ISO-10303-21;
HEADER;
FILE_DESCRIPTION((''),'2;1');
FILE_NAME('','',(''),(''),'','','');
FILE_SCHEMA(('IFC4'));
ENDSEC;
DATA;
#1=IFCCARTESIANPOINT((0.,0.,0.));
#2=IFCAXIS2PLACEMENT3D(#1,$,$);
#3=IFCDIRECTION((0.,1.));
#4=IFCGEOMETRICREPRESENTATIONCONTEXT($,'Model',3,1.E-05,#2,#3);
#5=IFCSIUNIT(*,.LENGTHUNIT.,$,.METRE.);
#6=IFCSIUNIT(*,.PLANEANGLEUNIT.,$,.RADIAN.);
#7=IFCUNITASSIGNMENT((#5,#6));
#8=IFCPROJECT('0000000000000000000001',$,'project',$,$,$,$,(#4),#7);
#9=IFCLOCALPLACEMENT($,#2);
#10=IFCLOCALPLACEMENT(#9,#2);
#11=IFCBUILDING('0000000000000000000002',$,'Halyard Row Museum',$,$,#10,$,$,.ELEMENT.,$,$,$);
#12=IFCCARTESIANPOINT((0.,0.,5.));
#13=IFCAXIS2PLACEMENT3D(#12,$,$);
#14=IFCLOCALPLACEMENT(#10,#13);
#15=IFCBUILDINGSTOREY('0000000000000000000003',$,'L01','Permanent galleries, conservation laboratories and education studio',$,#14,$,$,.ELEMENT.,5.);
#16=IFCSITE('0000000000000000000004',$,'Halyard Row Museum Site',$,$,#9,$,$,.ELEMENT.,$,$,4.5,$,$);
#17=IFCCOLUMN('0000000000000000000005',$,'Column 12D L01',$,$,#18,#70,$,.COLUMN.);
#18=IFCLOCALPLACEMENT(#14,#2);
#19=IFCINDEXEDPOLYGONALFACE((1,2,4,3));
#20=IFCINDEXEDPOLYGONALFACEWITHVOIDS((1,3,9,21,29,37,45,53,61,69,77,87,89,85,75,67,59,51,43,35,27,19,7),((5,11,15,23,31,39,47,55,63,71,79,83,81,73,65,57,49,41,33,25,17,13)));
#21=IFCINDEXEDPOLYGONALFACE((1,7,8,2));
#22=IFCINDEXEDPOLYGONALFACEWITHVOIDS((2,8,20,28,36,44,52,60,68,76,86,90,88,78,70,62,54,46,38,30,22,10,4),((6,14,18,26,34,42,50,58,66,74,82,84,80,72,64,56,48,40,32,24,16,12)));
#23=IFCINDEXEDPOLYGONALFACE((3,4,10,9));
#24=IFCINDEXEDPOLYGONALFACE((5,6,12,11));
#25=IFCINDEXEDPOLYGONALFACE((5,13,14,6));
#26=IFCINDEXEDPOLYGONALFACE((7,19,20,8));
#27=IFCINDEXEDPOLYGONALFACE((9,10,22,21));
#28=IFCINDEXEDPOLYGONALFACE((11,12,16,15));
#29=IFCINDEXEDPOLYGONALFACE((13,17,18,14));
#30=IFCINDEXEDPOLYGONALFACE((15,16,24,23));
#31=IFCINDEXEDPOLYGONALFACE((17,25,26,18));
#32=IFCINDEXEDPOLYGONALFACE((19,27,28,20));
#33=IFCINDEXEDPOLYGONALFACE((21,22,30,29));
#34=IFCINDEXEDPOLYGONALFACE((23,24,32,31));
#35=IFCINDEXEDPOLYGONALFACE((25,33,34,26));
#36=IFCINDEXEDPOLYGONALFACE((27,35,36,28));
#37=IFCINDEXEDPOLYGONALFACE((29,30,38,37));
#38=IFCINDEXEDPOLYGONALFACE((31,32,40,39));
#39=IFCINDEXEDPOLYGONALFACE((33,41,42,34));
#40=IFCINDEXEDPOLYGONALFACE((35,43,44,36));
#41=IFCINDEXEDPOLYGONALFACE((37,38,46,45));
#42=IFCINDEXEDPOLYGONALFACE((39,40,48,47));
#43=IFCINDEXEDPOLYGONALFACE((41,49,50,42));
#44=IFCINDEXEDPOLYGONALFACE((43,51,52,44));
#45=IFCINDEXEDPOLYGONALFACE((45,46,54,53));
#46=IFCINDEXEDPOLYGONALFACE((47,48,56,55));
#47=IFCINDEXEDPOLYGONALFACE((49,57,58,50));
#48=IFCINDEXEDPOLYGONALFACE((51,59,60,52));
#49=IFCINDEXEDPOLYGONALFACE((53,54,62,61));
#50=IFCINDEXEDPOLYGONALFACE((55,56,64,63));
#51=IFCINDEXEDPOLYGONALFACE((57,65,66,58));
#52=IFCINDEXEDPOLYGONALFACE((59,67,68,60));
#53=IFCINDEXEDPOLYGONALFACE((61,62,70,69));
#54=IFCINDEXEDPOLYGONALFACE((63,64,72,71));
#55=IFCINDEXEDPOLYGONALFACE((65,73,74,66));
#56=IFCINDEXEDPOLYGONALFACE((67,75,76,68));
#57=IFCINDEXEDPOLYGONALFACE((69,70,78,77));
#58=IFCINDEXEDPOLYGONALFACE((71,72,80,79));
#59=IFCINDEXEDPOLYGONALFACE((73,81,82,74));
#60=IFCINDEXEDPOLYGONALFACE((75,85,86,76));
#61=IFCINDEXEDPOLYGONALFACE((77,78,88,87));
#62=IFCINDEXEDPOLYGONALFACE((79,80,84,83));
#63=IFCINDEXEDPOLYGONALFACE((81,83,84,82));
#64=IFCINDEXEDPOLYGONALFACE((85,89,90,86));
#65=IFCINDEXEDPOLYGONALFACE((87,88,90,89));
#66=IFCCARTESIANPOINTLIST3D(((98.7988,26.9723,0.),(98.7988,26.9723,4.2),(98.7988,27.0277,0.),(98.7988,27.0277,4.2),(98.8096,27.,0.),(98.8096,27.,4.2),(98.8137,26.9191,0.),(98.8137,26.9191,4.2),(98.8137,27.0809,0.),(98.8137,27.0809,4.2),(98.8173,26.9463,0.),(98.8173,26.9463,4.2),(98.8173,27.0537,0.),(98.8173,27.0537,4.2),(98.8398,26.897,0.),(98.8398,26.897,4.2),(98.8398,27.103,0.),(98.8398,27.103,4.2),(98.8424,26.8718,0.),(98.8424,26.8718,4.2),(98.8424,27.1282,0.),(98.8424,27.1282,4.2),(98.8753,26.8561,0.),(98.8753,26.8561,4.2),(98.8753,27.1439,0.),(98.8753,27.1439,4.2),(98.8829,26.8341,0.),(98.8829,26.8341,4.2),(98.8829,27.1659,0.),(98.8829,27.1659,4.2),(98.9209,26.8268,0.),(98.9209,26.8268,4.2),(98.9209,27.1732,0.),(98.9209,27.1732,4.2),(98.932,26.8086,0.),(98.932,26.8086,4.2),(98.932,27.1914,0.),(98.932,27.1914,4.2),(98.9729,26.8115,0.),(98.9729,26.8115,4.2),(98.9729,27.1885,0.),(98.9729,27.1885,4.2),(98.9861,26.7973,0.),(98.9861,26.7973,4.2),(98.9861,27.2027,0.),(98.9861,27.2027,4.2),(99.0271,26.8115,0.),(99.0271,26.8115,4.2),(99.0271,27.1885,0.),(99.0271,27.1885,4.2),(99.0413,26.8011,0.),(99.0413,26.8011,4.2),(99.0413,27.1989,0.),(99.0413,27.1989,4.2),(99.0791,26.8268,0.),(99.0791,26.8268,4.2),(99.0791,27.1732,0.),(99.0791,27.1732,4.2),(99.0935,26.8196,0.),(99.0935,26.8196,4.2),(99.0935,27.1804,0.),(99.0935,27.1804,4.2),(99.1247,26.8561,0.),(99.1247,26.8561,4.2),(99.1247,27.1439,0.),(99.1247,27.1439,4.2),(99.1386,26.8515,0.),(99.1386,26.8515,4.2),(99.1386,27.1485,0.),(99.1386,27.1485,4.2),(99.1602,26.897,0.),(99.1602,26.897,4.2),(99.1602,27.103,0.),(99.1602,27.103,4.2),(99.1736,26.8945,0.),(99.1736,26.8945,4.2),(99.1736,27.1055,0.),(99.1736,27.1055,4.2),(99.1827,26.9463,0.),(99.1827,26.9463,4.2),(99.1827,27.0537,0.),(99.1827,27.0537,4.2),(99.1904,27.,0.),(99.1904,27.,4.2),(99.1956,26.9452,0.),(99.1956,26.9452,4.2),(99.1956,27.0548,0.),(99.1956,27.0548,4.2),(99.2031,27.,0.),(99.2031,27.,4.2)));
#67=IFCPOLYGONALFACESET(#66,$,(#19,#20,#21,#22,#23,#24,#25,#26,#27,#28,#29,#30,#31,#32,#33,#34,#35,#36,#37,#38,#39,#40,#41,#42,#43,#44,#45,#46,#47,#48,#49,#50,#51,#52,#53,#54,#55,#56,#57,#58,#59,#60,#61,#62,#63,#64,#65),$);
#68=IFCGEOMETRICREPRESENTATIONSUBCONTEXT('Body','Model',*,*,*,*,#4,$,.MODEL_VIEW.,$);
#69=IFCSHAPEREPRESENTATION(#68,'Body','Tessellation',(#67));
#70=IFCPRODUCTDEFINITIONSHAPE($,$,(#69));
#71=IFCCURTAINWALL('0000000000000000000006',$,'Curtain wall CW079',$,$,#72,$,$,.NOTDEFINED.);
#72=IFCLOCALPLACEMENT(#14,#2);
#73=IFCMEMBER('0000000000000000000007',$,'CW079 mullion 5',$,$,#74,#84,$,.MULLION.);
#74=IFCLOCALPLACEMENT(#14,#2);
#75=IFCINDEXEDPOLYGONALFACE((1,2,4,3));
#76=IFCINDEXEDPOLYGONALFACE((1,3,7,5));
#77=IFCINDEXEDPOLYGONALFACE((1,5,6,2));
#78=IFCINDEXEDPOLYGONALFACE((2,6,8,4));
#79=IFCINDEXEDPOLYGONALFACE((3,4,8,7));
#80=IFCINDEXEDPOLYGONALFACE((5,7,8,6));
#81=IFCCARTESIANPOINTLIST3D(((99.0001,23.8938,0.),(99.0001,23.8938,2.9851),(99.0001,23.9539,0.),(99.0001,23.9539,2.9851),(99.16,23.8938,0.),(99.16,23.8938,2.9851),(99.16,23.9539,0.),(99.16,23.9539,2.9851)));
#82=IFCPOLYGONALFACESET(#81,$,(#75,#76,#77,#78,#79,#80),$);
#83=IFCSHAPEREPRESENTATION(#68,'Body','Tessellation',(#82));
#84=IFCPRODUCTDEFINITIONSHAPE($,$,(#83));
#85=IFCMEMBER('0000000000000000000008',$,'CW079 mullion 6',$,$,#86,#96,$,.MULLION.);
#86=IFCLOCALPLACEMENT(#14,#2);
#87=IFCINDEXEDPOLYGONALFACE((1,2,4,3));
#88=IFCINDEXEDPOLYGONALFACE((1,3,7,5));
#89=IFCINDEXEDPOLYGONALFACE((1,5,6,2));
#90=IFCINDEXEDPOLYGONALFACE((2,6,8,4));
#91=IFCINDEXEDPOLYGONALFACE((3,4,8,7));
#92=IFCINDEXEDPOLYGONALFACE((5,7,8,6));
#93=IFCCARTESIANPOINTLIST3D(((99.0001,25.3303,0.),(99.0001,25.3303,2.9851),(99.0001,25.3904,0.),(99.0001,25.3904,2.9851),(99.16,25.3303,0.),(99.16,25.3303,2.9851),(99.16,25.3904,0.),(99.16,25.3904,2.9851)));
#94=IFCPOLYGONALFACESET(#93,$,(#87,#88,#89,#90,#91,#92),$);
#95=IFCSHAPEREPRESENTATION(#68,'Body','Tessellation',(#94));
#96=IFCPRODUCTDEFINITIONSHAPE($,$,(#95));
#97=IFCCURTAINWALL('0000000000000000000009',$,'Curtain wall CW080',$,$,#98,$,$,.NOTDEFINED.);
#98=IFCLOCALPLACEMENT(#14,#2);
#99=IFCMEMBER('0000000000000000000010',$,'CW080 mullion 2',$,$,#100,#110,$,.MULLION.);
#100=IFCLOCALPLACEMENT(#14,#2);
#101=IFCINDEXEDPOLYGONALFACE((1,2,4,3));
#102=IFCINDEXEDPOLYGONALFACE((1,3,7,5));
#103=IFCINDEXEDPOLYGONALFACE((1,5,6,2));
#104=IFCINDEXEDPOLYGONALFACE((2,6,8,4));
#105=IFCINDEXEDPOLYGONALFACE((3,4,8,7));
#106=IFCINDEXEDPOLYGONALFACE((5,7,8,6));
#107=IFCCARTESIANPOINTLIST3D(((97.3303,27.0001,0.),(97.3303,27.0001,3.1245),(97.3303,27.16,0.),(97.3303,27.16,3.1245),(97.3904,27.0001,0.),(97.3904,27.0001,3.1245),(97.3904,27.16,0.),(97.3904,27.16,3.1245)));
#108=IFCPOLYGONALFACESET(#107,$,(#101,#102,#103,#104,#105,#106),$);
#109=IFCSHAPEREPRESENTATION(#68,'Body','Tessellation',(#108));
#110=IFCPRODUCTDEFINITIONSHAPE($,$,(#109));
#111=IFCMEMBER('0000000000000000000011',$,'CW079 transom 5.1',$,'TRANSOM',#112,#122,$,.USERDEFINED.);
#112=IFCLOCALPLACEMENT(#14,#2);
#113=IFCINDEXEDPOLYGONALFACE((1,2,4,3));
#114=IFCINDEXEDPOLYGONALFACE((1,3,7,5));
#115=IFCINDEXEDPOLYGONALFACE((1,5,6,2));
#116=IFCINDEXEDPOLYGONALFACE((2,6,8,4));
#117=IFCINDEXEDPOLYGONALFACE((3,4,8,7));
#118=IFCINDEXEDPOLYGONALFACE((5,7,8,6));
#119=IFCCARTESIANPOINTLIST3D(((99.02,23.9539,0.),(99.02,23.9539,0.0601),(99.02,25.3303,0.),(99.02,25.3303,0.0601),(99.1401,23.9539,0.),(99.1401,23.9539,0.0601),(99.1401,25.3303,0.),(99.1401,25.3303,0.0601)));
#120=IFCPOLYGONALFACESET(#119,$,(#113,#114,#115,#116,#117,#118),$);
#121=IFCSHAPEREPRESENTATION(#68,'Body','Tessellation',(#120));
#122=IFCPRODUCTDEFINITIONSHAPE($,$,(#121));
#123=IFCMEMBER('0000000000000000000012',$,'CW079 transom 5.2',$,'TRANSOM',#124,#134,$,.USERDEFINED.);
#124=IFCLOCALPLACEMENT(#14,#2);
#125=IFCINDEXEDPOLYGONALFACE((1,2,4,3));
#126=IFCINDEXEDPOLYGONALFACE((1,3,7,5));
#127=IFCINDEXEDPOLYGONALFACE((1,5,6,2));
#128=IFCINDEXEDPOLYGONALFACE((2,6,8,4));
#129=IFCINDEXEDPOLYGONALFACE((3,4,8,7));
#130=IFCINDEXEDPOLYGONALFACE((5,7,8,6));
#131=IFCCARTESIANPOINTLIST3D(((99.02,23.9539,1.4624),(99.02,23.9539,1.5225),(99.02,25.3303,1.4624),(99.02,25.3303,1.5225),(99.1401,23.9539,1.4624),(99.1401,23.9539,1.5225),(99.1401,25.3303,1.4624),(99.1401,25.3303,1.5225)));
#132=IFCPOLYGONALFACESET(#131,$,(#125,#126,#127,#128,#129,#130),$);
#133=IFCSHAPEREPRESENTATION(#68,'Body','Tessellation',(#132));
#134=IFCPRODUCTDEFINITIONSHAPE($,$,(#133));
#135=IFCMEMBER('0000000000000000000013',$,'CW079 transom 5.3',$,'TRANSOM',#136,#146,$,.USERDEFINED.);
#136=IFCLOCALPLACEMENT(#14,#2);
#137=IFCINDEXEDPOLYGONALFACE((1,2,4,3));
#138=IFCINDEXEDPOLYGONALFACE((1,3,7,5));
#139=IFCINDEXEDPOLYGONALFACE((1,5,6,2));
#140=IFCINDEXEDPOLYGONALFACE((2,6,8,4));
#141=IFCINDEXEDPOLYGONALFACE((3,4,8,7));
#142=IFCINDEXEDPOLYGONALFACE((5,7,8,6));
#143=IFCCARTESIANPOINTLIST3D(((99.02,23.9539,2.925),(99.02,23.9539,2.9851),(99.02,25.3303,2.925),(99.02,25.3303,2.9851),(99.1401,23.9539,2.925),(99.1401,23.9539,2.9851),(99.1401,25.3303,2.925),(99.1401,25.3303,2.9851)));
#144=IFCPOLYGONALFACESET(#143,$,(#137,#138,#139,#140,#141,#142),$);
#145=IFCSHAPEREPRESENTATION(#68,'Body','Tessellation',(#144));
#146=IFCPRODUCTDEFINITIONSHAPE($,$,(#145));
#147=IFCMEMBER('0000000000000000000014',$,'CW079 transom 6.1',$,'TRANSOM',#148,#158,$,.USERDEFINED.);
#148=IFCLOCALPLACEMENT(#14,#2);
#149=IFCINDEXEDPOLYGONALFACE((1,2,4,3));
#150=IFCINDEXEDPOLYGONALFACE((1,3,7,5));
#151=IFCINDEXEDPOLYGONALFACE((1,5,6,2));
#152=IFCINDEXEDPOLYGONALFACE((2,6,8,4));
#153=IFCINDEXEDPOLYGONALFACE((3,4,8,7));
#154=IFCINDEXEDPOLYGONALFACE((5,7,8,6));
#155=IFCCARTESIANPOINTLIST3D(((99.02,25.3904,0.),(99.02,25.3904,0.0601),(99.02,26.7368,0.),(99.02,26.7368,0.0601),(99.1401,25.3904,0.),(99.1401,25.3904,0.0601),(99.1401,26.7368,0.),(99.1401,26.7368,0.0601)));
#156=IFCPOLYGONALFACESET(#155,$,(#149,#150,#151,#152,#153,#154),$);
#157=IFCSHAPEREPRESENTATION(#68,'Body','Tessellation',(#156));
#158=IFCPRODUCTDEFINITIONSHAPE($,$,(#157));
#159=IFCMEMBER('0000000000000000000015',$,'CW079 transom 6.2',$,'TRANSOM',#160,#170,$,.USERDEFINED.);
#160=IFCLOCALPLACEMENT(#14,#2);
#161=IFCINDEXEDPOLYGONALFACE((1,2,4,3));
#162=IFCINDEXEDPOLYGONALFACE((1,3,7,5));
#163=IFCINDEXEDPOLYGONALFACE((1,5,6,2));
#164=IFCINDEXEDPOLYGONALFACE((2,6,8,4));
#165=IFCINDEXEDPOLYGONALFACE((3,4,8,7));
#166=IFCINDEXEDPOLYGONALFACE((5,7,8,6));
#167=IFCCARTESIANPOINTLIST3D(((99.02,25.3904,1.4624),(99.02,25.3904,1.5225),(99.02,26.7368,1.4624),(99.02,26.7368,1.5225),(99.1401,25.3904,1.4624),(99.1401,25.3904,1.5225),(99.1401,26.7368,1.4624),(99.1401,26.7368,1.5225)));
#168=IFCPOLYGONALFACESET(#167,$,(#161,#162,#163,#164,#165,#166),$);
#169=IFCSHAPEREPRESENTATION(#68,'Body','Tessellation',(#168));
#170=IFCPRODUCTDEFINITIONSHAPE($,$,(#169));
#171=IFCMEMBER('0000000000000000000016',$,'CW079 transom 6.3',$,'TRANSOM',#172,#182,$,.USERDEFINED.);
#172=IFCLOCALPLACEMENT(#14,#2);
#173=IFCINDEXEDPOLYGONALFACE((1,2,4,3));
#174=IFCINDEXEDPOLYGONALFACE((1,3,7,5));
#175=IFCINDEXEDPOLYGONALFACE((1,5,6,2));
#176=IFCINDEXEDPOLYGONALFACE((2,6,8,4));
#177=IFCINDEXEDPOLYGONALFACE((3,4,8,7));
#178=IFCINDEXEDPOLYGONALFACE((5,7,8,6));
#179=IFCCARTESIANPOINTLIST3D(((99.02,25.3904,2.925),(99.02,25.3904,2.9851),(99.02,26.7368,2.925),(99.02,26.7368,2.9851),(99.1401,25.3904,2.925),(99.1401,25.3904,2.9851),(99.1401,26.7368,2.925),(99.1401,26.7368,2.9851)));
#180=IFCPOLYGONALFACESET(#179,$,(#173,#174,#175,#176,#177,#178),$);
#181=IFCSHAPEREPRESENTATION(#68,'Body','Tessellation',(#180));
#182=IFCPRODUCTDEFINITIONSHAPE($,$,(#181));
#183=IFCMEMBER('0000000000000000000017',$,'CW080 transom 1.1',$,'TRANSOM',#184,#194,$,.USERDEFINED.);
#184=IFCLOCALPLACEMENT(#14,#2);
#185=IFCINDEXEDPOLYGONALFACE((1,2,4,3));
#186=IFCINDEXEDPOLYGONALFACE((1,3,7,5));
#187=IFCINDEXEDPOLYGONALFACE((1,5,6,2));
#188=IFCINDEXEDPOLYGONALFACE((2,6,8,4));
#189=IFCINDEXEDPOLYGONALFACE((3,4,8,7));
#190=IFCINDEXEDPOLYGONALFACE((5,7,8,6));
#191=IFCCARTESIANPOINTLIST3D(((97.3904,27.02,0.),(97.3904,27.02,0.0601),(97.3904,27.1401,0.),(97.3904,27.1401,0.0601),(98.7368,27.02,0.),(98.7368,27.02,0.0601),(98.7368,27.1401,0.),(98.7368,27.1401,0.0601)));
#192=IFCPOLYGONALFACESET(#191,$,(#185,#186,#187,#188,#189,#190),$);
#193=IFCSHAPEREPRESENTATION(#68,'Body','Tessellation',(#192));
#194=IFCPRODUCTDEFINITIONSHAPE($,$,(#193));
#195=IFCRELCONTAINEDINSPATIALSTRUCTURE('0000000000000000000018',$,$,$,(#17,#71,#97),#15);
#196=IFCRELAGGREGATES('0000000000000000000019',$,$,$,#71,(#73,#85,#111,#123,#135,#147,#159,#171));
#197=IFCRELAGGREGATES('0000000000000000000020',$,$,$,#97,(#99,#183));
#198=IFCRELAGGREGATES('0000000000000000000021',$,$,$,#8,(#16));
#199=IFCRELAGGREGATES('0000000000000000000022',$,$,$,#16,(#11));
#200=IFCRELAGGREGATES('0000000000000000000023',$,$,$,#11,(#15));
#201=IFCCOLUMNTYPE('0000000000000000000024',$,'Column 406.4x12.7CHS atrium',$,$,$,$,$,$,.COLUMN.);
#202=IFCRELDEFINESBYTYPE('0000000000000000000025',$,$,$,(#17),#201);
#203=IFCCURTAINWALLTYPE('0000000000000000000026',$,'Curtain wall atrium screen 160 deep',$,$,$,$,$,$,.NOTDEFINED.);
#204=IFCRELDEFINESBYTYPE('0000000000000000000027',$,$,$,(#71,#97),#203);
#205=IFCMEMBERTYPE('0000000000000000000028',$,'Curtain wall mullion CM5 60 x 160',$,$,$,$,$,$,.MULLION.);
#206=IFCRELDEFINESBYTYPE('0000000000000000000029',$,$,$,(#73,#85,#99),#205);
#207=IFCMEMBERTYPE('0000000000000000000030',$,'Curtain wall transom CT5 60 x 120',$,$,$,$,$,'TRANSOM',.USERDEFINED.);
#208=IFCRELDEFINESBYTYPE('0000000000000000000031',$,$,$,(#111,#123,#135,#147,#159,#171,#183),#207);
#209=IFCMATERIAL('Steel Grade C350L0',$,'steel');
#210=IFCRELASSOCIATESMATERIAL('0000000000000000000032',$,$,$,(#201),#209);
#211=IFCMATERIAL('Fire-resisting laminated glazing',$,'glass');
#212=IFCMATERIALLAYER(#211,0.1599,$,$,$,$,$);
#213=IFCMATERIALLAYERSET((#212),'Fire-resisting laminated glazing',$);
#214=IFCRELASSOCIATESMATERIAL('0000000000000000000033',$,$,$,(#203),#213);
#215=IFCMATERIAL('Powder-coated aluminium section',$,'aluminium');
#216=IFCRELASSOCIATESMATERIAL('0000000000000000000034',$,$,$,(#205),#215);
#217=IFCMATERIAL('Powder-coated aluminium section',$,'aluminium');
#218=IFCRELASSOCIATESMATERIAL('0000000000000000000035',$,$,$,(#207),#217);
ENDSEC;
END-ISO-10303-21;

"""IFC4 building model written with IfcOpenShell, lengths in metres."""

from ifc_helpers import new_model, si_unit, direction, frame, origin, origin_2d, place, context, subcontext, project, spatial, rectangle, hollow_circle, extrude, material, layer, layer_set, material_profile, profile_set, type_object, element, aggregate, save


model = new_model("IFC4")

# Units and contexts
model_context = context("Model", 3, precision=1e-05, world=origin(), true_north=direction((0.0, 1.0)))
body_context = subcontext(model_context, "Body", "Model", "MODEL_VIEW")
ifc_project = project(units=[si_unit("LENGTHUNIT", "METRE"), si_unit("PLANEANGLEUNIT", "RADIAN")], contexts=[model_context])

# Site, building, storey
site_placement = place(None, origin())
site = spatial("IfcSite", under=ifc_project, at=site_placement, Name="Halyard Row Museum Site", CompositionType="ELEMENT", RefElevation=4.5)
building_placement = place(site_placement, origin())
building = spatial("IfcBuilding", under=site, at=building_placement, Name="Halyard Row Museum", CompositionType="ELEMENT")
storey_placement = place(building_placement, frame((0.0, 0.0, 5.0)))
storey = spatial("IfcBuildingStorey", under=building, at=storey_placement, Name="L01", Description="Permanent galleries, conservation laboratories and education studio", CompositionType="ELEMENT", Elevation=5.0)

# Column
ifc_material_1 = material(Name="Steel Grade C350L0", Category="steel")
ifc_material_profile_1 = material_profile(ifc_material_1, hollow_circle(Radius=0.2031, WallThickness=0.0127, at=origin_2d()), Name="406.4x12.7CHS")
ifc_profile_set_1 = profile_set([ifc_material_profile_1], Name="Steel Grade C350L0")
column_type = type_object("IfcColumnType", Name="Column 406.4x12.7CHS atrium", PredefinedType="COLUMN", material=ifc_profile_set_1)
column_placement = place(storey_placement, frame((99.0, 27.0, 0.0), z_axis=(0.0, 0.0, 1.0), x_axis=(1.0, 0.0, 0.0)))
element("IfcColumn", 1, at=column_placement, inside=storey, type_object=column_type, Name="Column 12D L01", PredefinedType="COLUMN", context=body_context, shape_type="SweptSolid", body=[
    extrude(hollow_circle(Radius=0.2031, WallThickness=0.0127, at=origin_2d()), origin(), (0.0, 0.0, 1.0), 4.2),
])

# Curtain wall, members
ifc_material_2 = material(Name="Fire-resisting laminated glazing", Category="glass")
ifc_layer_1 = layer(ifc_material_2, 0.1599)
ifc_layer_set_1 = layer_set([ifc_layer_1], Name="Fire-resisting laminated glazing")
curtain_wall_type = type_object("IfcCurtainWallType", Name="Curtain wall atrium screen 160 deep", PredefinedType="NOTDEFINED", material=ifc_layer_set_1)
curtain_wall_1_placement = place(storey_placement, origin())
curtain_wall_1 = element("IfcCurtainWall", 2, at=curtain_wall_1_placement, inside=storey, type_object=curtain_wall_type, Name="Curtain wall CW079", PredefinedType="NOTDEFINED")
ifc_material_3 = material(Name="Powder-coated aluminium section", Category="aluminium")
ifc_material_profile_2 = material_profile(ifc_material_3, rectangle(XDim=0.1599, YDim=0.0601, at=origin_2d()), Name="160x60 mullion")
ifc_profile_set_2 = profile_set([ifc_material_profile_2], Name="Powder-coated aluminium section")
member_type_1 = type_object("IfcMemberType", Name="Curtain wall mullion CM5 60 x 160", PredefinedType="MULLION", material=ifc_profile_set_2)
member_1_placement = place(storey_placement, frame((99.0801, 23.9238, 0.0), z_axis=(0.0, 0.0, 1.0), x_axis=(-1.0, 0.0, 0.0)))
member_1 = element("IfcMember", 3, at=member_1_placement, type_object=member_type_1, Name="CW079 mullion 5", PredefinedType="MULLION", context=body_context, shape_type="SweptSolid", body=[
    extrude(rectangle(XDim=0.1599, YDim=0.0601, at=origin_2d()), origin(), (0.0, 0.0, 1.0), 2.9851),
])
member_2_placement = place(storey_placement, frame((99.0801, 25.3604, 0.0), z_axis=(0.0, 0.0, 1.0), x_axis=(-1.0, 0.0, 0.0)))
member_2 = element("IfcMember", 4, at=member_2_placement, type_object=member_type_1, Name="CW079 mullion 6", PredefinedType="MULLION", context=body_context, shape_type="SweptSolid", body=[
    extrude(rectangle(XDim=0.1599, YDim=0.0601, at=origin_2d()), origin(), (0.0, 0.0, 1.0), 2.9851),
])

# Curtain wall, member
curtain_wall_2_placement = place(storey_placement, origin())
curtain_wall_2 = element("IfcCurtainWall", 5, at=curtain_wall_2_placement, inside=storey, type_object=curtain_wall_type, Name="Curtain wall CW080", PredefinedType="NOTDEFINED")
member_3_placement = place(storey_placement, frame((97.3604, 27.0801, 0.0), z_axis=(0.0, 0.0, 1.0), x_axis=(0.0, -1.0, 0.0)))
member_3 = element("IfcMember", 6, at=member_3_placement, type_object=member_type_1, Name="CW080 mullion 2", PredefinedType="MULLION", context=body_context, shape_type="SweptSolid", body=[
    extrude(rectangle(XDim=0.1599, YDim=0.0601, at=origin_2d()), origin(), (0.0, 0.0, 1.0), 3.1245),
])

# Members
ifc_material_4 = material(Name="Powder-coated aluminium section", Category="aluminium")
ifc_material_profile_3 = material_profile(ifc_material_4, rectangle(XDim=0.1201, YDim=0.0601, at=origin_2d()), Name="120x60 transom")
ifc_profile_set_3 = profile_set([ifc_material_profile_3], Name="Powder-coated aluminium section")
member_type_2 = type_object("IfcMemberType", Name="Curtain wall transom CT5 60 x 120", ElementType="TRANSOM", PredefinedType="USERDEFINED", material=ifc_profile_set_3)
member_4_placement = place(storey_placement, frame((99.0801, 23.9539, 0.03), z_axis=(0.0, 1.0, 0.0), x_axis=(-1.0, 0.0, 0.0)))
member_4 = element("IfcMember", 7, at=member_4_placement, type_object=member_type_2, Name="CW079 transom 5.1", ObjectType="TRANSOM", PredefinedType="USERDEFINED", context=body_context, shape_type="SweptSolid", body=[
    extrude(rectangle(XDim=0.1201, YDim=0.0601, at=origin_2d()), origin(), (0.0, 0.0, 1.0), 1.3765),
])
member_5_placement = place(storey_placement, frame((99.0801, 23.9539, 1.4924), z_axis=(0.0, 1.0, 0.0), x_axis=(-1.0, 0.0, 0.0)))
member_5 = element("IfcMember", 8, at=member_5_placement, type_object=member_type_2, Name="CW079 transom 5.2", ObjectType="TRANSOM", PredefinedType="USERDEFINED", context=body_context, shape_type="SweptSolid", body=[
    extrude(rectangle(XDim=0.1201, YDim=0.0601, at=origin_2d()), origin(), (0.0, 0.0, 1.0), 1.3765),
])
member_6_placement = place(storey_placement, frame((99.0801, 23.9539, 2.9551), z_axis=(0.0, 1.0, 0.0), x_axis=(-1.0, 0.0, 0.0)))
member_6 = element("IfcMember", 9, at=member_6_placement, type_object=member_type_2, Name="CW079 transom 5.3", ObjectType="TRANSOM", PredefinedType="USERDEFINED", context=body_context, shape_type="SweptSolid", body=[
    extrude(rectangle(XDim=0.1201, YDim=0.0601, at=origin_2d()), origin(), (0.0, 0.0, 1.0), 1.3765),
])
member_7_placement = place(storey_placement, frame((99.0801, 25.3904, 0.03), z_axis=(0.0, 1.0, 0.0), x_axis=(-1.0, 0.0, 0.0)))
member_7 = element("IfcMember", 10, at=member_7_placement, type_object=member_type_2, Name="CW079 transom 6.1", ObjectType="TRANSOM", PredefinedType="USERDEFINED", context=body_context, shape_type="SweptSolid", body=[
    extrude(rectangle(XDim=0.1201, YDim=0.0601, at=origin_2d()), origin(), (0.0, 0.0, 1.0), 1.3464),
])
member_8_placement = place(storey_placement, frame((99.0801, 25.3904, 1.4924), z_axis=(0.0, 1.0, 0.0), x_axis=(-1.0, 0.0, 0.0)))
member_8 = element("IfcMember", 11, at=member_8_placement, type_object=member_type_2, Name="CW079 transom 6.2", ObjectType="TRANSOM", PredefinedType="USERDEFINED", context=body_context, shape_type="SweptSolid", body=[
    extrude(rectangle(XDim=0.1201, YDim=0.0601, at=origin_2d()), origin(), (0.0, 0.0, 1.0), 1.3464),
])
member_9_placement = place(storey_placement, frame((99.0801, 25.3904, 2.9551), z_axis=(0.0, 1.0, 0.0), x_axis=(-1.0, 0.0, 0.0)))
member_9 = element("IfcMember", 12, at=member_9_placement, type_object=member_type_2, Name="CW079 transom 6.3", ObjectType="TRANSOM", PredefinedType="USERDEFINED", context=body_context, shape_type="SweptSolid", body=[
    extrude(rectangle(XDim=0.1201, YDim=0.0601, at=origin_2d()), origin(), (0.0, 0.0, 1.0), 1.3464),
])
member_10_placement = place(storey_placement, frame((98.7368, 27.0801, 0.03), z_axis=(-1.0, 0.0, 0.0), x_axis=(0.0, -1.0, 0.0)))
member_10 = element("IfcMember", 13, at=member_10_placement, type_object=member_type_2, Name="CW080 transom 1.1", ObjectType="TRANSOM", PredefinedType="USERDEFINED", context=body_context, shape_type="SweptSolid", body=[
    extrude(rectangle(XDim=0.1201, YDim=0.0601, at=origin_2d()), origin(), (0.0, 0.0, 1.0), 1.3464),
])

aggregate(curtain_wall_1, [member_1, member_2, member_4, member_5, member_6, member_7, member_8, member_9])
aggregate(curtain_wall_2, [member_3, member_10])

save(model, "model.ifc")
